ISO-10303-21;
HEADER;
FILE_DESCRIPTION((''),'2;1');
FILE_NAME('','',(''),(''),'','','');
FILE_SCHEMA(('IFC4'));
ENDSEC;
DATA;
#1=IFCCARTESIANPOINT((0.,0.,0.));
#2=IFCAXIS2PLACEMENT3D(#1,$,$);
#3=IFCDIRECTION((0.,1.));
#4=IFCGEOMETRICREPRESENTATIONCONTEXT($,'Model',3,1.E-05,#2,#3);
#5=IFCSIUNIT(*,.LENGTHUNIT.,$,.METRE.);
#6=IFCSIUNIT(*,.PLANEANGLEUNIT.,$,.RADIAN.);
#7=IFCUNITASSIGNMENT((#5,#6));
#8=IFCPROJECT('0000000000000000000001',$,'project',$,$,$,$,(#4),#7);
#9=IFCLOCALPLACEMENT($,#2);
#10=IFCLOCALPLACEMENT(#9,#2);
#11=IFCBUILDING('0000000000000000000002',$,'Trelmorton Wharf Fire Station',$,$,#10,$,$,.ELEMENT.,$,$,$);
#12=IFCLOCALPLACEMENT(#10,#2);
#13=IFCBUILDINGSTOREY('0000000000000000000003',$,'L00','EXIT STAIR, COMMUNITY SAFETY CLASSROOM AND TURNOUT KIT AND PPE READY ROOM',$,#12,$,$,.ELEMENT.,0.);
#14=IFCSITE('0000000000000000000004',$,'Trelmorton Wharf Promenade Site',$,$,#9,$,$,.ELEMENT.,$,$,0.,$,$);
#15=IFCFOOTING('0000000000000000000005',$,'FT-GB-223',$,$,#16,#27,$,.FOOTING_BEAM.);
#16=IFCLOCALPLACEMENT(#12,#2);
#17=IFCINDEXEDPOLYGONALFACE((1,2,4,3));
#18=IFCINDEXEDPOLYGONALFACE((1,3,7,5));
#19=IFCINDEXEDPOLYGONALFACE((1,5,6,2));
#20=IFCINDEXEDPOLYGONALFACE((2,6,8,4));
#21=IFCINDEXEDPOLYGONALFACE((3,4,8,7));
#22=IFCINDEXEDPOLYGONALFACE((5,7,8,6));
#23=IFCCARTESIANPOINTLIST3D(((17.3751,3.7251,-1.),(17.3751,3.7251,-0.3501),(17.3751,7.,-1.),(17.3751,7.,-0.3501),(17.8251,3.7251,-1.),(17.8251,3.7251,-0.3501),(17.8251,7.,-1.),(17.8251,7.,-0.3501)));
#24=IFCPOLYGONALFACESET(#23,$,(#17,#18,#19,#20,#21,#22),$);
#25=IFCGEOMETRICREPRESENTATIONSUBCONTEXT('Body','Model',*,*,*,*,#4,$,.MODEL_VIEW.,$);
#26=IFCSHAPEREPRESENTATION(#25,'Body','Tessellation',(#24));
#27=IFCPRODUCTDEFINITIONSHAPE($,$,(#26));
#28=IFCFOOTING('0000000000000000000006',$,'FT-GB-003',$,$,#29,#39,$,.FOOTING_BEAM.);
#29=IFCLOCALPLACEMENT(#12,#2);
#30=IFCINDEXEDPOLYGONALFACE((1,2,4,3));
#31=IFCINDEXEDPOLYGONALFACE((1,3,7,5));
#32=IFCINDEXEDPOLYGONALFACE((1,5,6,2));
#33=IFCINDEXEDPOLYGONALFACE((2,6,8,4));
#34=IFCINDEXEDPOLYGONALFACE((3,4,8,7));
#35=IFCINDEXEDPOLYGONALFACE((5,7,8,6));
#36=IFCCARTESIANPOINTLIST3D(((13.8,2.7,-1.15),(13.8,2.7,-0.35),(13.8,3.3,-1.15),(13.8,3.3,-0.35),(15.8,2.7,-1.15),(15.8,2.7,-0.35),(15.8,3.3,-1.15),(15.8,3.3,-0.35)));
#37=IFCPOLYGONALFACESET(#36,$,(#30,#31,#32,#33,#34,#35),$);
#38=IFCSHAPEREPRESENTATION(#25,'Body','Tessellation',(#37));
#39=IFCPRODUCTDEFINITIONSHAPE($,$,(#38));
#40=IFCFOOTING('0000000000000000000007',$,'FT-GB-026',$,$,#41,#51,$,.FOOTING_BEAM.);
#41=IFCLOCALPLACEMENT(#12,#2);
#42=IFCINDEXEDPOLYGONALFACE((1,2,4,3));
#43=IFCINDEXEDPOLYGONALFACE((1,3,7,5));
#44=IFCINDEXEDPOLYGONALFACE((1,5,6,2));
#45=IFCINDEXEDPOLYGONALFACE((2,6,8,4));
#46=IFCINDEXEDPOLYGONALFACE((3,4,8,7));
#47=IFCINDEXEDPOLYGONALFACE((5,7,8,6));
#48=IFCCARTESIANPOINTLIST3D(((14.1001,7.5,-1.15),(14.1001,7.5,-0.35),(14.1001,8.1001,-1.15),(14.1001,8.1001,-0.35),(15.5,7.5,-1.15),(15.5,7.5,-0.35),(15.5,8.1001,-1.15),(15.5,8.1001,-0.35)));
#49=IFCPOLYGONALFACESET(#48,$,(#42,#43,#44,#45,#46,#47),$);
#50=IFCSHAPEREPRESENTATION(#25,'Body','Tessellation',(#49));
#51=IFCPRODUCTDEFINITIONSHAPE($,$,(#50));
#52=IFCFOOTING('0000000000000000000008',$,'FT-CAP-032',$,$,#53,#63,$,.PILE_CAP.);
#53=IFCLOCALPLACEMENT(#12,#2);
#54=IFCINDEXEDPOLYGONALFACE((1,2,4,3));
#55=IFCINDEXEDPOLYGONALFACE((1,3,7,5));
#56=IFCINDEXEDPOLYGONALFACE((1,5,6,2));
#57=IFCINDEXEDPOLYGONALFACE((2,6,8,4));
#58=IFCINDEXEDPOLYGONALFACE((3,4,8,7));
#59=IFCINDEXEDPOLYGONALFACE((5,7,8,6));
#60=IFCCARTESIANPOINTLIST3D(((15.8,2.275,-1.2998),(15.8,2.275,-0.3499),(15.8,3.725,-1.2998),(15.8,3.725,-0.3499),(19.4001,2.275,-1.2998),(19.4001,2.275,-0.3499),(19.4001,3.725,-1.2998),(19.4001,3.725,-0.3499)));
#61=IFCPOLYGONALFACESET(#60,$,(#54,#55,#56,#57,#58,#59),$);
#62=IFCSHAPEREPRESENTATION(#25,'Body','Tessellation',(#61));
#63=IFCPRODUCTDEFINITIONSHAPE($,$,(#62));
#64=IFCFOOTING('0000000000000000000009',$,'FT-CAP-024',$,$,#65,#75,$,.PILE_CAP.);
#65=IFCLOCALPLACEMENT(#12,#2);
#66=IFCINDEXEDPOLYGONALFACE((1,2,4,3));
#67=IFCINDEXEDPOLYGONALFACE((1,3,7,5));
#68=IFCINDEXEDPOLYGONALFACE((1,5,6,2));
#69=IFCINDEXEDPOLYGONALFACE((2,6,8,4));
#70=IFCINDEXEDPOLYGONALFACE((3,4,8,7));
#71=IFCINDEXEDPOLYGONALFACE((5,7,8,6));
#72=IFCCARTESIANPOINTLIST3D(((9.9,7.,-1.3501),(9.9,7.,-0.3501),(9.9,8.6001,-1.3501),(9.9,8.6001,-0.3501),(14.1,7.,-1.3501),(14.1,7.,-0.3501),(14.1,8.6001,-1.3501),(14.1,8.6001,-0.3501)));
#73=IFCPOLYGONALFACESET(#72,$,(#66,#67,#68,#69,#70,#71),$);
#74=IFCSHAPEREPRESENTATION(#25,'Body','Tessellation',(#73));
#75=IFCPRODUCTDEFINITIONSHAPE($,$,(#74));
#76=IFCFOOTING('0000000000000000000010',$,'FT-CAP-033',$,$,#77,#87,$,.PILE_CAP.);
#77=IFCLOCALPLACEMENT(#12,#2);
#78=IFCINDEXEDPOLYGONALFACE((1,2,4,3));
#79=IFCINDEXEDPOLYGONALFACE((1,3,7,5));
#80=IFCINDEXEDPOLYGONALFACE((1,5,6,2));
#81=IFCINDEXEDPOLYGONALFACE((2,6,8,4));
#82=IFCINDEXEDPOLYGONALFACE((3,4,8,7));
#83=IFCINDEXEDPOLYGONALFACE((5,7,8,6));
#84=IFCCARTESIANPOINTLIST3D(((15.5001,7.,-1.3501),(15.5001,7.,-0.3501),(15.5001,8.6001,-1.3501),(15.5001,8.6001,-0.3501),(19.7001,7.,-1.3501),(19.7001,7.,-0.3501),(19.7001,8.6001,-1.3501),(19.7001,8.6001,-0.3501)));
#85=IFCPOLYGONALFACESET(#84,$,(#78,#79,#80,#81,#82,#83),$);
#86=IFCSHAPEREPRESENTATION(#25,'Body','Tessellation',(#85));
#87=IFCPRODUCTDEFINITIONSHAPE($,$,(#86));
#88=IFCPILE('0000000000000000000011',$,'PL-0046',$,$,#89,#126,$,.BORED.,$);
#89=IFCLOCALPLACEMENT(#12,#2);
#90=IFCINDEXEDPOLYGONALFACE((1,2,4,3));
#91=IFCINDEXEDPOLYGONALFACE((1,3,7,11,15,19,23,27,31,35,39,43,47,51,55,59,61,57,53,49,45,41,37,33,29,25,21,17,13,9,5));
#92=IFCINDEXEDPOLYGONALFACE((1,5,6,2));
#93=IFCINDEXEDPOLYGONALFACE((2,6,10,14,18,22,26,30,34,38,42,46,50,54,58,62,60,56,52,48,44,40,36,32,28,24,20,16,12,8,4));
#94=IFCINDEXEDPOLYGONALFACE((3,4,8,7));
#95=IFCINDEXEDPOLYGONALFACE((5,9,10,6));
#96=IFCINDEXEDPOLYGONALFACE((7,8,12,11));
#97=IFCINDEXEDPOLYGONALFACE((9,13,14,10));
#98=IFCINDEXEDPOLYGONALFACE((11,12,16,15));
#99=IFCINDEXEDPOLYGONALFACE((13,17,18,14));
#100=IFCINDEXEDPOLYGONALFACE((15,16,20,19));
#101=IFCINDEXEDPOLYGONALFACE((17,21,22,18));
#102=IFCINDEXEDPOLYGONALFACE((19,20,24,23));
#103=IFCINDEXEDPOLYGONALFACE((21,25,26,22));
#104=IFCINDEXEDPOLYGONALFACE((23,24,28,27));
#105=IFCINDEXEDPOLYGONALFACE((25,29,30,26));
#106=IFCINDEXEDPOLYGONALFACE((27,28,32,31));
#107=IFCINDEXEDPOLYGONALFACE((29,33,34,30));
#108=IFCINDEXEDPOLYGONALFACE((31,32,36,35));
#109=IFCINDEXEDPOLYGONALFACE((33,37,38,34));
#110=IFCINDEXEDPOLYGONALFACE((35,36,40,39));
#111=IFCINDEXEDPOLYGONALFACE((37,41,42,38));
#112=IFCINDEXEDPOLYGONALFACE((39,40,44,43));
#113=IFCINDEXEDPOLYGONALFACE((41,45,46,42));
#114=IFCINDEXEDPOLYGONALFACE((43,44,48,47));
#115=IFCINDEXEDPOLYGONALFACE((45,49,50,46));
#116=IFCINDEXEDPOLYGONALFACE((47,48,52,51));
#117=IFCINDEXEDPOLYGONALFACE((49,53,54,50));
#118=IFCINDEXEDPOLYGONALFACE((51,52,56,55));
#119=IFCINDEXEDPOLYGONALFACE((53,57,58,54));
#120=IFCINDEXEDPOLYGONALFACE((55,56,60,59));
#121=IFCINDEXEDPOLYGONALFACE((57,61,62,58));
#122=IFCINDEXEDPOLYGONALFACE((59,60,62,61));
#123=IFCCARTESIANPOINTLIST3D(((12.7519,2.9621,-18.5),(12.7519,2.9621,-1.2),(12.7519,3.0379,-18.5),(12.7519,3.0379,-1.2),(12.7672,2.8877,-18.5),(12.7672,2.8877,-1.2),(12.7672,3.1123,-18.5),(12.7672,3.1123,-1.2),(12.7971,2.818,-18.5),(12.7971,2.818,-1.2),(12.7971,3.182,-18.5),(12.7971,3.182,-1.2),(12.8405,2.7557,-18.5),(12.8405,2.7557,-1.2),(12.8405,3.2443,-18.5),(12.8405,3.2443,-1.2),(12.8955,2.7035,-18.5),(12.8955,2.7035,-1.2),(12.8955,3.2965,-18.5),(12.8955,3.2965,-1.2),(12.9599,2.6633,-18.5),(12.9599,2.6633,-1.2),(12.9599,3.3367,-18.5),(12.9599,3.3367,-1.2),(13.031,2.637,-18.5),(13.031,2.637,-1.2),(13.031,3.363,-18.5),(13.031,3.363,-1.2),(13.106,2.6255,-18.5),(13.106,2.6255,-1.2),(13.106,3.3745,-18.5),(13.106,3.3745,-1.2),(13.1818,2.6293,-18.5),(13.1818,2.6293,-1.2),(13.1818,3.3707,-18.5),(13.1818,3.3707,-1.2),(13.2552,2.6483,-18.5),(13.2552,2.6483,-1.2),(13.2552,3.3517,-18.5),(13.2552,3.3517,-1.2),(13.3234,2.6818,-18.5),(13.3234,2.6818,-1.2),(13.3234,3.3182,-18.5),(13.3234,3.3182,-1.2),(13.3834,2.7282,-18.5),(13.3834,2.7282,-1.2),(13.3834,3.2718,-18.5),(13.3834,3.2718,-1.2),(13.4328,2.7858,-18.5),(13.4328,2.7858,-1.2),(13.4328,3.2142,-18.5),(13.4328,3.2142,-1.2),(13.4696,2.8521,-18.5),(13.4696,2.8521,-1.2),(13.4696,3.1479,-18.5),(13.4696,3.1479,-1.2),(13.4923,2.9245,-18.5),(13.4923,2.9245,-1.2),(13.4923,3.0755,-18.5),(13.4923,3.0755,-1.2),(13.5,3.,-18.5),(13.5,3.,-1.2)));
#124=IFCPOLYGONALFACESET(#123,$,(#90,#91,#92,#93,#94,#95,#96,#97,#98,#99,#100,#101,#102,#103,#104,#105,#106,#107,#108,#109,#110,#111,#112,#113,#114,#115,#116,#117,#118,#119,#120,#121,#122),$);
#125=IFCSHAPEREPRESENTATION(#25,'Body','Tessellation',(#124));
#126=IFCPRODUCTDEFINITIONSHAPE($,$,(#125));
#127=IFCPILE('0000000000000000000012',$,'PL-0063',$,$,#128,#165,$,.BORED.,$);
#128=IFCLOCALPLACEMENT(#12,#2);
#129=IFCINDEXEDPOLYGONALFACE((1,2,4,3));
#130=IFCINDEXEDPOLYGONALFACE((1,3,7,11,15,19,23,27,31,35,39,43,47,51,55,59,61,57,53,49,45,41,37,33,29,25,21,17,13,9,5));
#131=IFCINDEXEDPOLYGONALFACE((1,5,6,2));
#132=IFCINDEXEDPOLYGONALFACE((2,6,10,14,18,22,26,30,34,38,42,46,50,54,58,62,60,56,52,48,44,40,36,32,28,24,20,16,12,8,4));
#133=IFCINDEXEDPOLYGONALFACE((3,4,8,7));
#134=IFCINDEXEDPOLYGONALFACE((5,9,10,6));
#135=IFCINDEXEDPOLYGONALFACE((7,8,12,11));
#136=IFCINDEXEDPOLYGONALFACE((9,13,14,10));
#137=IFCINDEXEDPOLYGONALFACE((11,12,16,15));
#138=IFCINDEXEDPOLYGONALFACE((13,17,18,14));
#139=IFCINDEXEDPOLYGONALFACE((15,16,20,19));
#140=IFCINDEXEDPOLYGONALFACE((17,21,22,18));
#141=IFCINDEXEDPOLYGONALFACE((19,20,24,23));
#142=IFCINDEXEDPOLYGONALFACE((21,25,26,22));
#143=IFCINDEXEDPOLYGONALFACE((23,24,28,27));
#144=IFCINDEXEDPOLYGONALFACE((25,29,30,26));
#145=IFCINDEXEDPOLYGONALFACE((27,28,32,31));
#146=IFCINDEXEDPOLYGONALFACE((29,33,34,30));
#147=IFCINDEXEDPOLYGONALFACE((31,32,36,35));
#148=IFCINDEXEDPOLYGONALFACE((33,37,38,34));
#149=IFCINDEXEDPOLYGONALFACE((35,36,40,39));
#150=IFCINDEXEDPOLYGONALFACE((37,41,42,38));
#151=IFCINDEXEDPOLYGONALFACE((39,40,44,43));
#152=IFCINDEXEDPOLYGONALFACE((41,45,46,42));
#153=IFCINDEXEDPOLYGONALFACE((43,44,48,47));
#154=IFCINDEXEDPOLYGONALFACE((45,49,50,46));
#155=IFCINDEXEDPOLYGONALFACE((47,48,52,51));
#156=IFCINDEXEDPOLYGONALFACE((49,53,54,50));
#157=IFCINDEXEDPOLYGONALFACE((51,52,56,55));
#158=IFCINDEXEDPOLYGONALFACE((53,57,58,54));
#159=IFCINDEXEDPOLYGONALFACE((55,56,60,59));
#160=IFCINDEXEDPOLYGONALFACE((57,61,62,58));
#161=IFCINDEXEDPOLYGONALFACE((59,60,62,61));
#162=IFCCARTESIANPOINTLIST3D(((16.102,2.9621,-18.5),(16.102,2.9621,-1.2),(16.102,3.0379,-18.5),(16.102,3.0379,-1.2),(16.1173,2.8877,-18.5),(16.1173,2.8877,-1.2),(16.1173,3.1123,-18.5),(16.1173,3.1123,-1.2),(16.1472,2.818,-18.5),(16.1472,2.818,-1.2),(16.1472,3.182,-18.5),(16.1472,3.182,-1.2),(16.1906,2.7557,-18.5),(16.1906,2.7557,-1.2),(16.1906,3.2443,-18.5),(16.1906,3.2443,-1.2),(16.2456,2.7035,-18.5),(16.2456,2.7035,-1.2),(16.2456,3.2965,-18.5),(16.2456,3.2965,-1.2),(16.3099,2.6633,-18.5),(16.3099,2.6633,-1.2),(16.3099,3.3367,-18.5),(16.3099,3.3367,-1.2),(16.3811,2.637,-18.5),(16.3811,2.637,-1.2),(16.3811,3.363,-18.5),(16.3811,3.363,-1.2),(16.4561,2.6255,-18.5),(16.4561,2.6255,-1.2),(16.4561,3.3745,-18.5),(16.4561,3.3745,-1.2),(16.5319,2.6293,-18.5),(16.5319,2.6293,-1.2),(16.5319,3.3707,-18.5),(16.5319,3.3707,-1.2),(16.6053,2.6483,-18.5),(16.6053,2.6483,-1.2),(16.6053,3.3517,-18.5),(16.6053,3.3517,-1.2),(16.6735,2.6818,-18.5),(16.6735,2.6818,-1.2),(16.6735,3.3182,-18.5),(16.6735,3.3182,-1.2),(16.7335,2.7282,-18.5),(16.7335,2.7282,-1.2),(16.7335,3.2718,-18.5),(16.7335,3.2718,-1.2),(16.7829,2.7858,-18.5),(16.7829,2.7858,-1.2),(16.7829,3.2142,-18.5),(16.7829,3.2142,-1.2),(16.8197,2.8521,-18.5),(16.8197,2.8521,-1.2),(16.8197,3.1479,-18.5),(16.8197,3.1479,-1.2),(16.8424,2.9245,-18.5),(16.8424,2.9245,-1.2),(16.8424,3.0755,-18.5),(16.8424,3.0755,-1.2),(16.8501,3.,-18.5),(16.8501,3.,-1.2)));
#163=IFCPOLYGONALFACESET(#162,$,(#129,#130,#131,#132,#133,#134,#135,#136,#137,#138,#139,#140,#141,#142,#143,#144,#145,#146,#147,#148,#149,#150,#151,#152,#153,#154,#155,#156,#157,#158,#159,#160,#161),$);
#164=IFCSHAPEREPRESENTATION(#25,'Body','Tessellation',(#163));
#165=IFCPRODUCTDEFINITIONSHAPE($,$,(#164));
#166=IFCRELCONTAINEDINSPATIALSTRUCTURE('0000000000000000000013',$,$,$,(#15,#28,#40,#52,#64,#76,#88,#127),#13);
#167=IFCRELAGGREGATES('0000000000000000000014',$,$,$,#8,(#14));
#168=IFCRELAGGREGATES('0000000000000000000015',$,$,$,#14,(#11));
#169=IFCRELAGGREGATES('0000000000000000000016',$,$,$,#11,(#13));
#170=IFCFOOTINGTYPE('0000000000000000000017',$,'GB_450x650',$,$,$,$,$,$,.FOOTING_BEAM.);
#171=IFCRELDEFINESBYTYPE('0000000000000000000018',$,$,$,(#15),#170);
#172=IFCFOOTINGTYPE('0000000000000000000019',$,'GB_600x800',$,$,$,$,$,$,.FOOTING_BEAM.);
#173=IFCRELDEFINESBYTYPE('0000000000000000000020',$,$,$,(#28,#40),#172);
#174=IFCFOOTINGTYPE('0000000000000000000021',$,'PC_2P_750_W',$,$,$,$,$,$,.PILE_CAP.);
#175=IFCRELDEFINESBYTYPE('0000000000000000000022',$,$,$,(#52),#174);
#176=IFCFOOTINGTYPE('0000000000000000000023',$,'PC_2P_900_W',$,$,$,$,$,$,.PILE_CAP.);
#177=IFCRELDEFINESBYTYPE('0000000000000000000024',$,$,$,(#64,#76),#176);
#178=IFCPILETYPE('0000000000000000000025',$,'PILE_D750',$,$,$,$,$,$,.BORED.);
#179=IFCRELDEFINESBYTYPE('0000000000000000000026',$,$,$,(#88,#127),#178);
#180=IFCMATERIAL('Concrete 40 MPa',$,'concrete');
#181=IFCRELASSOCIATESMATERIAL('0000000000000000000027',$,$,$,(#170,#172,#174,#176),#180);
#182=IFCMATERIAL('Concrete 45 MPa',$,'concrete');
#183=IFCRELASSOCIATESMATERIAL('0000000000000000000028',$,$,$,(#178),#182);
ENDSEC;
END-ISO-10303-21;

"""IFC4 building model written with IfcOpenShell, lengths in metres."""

from ifc_helpers import new_model, si_unit, direction, frame, origin, origin_2d, place, context, subcontext, project, spatial, rectangle, circle, extrude, material, material_profile, profile_set, type_object, element, save


model = new_model("IFC4")

# Units and contexts
model_context = context("Model", 3, precision=1e-05, world=origin(), true_north=direction((0.0, 1.0)))
body_context = subcontext(model_context, "Body", "Model", "MODEL_VIEW")
ifc_project = project(units=[si_unit("LENGTHUNIT", "METRE"), si_unit("PLANEANGLEUNIT", "RADIAN")], contexts=[model_context])

# Site, building, storey
site_placement = place(None, origin())
site = spatial("IfcSite", under=ifc_project, at=site_placement, Name="Trelmorton Wharf Promenade Site", CompositionType="ELEMENT", RefElevation=0.0)
building_placement = place(site_placement, origin())
building = spatial("IfcBuilding", under=site, at=building_placement, Name="Trelmorton Wharf Fire Station", CompositionType="ELEMENT")
storey_placement = place(building_placement, origin())
storey = spatial("IfcBuildingStorey", under=building, at=storey_placement, Name="L00", Description="EXIT STAIR, COMMUNITY SAFETY CLASSROOM AND TURNOUT KIT AND PPE READY ROOM", CompositionType="ELEMENT", Elevation=0.0)

# Footings
ifc_material_1 = material(Name="Concrete 40 MPa", Category="concrete")
ifc_material_profile_1 = material_profile(ifc_material_1, rectangle(XDim=0.45, YDim=0.6499, at=origin_2d()), Name="RC450x650")
ifc_profile_set_1 = profile_set([ifc_material_profile_1], Name="Concrete 40 MPa")
footing_type_1 = type_object("IfcFootingType", Name="GB_450x650", PredefinedType="FOOTING_BEAM", material=ifc_profile_set_1)
footing_1_placement = place(storey_placement, frame((17.6001, 3.7251, -0.675), z_axis=(0.0, 1.0, 0.0), x_axis=(-1.0, 0.0, 0.0)))
element("IfcFooting", 1, at=footing_1_placement, inside=storey, type_object=footing_type_1, Name="FT-GB-223", PredefinedType="FOOTING_BEAM", context=body_context, shape_type="SweptSolid", body=[
    extrude(rectangle(XDim=0.45, YDim=0.6499, at=origin_2d()), origin(), (0.0, 0.0, 1.0), 3.2749),
])
ifc_material_profile_2 = material_profile(ifc_material_1, rectangle(XDim=0.6001, YDim=0.8, at=origin_2d()), Name="RC600x800")
ifc_profile_set_2 = profile_set([ifc_material_profile_2], Name="Concrete 40 MPa")
footing_type_2 = type_object("IfcFootingType", Name="GB_600x800", PredefinedType="FOOTING_BEAM", material=ifc_profile_set_2)
footing_2_placement = place(storey_placement, frame((13.8, 3.0, -0.75), z_axis=(1.0, 0.0, 0.0), x_axis=(0.0, 1.0, 0.0)))
element("IfcFooting", 2, at=footing_2_placement, inside=storey, type_object=footing_type_2, Name="FT-GB-003", PredefinedType="FOOTING_BEAM", context=body_context, shape_type="SweptSolid", body=[
    extrude(rectangle(XDim=0.6001, YDim=0.8, at=origin_2d()), origin(), (0.0, 0.0, 1.0), 2.0),
])
footing_3_placement = place(storey_placement, frame((14.1001, 7.8, -0.75), z_axis=(1.0, 0.0, 0.0), x_axis=(0.0, 1.0, 0.0)))
element("IfcFooting", 3, at=footing_3_placement, inside=storey, type_object=footing_type_2, Name="FT-GB-026", PredefinedType="FOOTING_BEAM", context=body_context, shape_type="SweptSolid", body=[
    extrude(rectangle(XDim=0.6001, YDim=0.8, at=origin_2d()), origin(), (0.0, 0.0, 1.0), 1.3999),
])
footing_type_3 = type_object("IfcFootingType", Name="PC_2P_750_W", PredefinedType="PILE_CAP", material=ifc_material_1)
footing_4_placement = place(storey_placement, frame((17.6001, 3.0, -1.2998), z_axis=(0.0, 0.0, 1.0), x_axis=(1.0, 0.0, 0.0)))
element("IfcFooting", 4, at=footing_4_placement, inside=storey, type_object=footing_type_3, Name="FT-CAP-032", PredefinedType="PILE_CAP", context=body_context, shape_type="SweptSolid", body=[
    extrude(rectangle(XDim=3.6001, YDim=1.45, at=origin_2d()), origin(), (0.0, 0.0, 1.0), 0.95),
])
footing_type_4 = type_object("IfcFootingType", Name="PC_2P_900_W", PredefinedType="PILE_CAP", material=ifc_material_1)
for number, where, z_axis, x_axis, name in (
    (5, (12.0, 7.8, -1.3501), (0.0, 0.0, 1.0), (1.0, 0.0, 0.0), "FT-CAP-024"),
    (6, (17.6001, 7.8, -1.3501), (0.0, 0.0, 1.0), (1.0, 0.0, 0.0), "FT-CAP-033"),
):
    element("IfcFooting", number, at=place(storey_placement, frame(where, z_axis=z_axis, x_axis=x_axis)), inside=storey, type_object=footing_type_4, Name=name, PredefinedType="PILE_CAP", context=body_context, shape_type="SweptSolid", body=[
        extrude(rectangle(XDim=4.2, YDim=1.6001, at=origin_2d()), origin(), (0.0, 0.0, 1.0), 1.0),
    ])

# Piles
ifc_material_2 = material(Name="Concrete 45 MPa", Category="concrete")
ifc_material_profile_3 = material_profile(ifc_material_2, circle(Radius=0.375, at=origin_2d()), Name="PILE-D750")
ifc_profile_set_3 = profile_set([ifc_material_profile_3], Name="Concrete 45 MPa")
pile_type_1 = type_object("IfcPileType", Name="PILE_D750", PredefinedType="BORED", material=ifc_profile_set_3)
for number, where, z_axis, x_axis, name in (
    (7, (13.125, 3.0, -1.2), (0.0, 0.0, -1.0), (1.0, 0.0, 0.0), "PL-0046"),
    (8, (16.4751, 3.0, -1.2), (0.0, 0.0, -1.0), (1.0, 0.0, 0.0), "PL-0063"),
):
    element("IfcPile", number, at=place(storey_placement, frame(where, z_axis=z_axis, x_axis=x_axis)), inside=storey, type_object=pile_type_1, Name=name, PredefinedType="BORED", context=body_context, shape_type="SweptSolid", body=[
        extrude(circle(Radius=0.375, at=origin_2d()), origin(), (0.0, 0.0, 1.0), 17.3),
    ])

save(model, "model.ifc")
